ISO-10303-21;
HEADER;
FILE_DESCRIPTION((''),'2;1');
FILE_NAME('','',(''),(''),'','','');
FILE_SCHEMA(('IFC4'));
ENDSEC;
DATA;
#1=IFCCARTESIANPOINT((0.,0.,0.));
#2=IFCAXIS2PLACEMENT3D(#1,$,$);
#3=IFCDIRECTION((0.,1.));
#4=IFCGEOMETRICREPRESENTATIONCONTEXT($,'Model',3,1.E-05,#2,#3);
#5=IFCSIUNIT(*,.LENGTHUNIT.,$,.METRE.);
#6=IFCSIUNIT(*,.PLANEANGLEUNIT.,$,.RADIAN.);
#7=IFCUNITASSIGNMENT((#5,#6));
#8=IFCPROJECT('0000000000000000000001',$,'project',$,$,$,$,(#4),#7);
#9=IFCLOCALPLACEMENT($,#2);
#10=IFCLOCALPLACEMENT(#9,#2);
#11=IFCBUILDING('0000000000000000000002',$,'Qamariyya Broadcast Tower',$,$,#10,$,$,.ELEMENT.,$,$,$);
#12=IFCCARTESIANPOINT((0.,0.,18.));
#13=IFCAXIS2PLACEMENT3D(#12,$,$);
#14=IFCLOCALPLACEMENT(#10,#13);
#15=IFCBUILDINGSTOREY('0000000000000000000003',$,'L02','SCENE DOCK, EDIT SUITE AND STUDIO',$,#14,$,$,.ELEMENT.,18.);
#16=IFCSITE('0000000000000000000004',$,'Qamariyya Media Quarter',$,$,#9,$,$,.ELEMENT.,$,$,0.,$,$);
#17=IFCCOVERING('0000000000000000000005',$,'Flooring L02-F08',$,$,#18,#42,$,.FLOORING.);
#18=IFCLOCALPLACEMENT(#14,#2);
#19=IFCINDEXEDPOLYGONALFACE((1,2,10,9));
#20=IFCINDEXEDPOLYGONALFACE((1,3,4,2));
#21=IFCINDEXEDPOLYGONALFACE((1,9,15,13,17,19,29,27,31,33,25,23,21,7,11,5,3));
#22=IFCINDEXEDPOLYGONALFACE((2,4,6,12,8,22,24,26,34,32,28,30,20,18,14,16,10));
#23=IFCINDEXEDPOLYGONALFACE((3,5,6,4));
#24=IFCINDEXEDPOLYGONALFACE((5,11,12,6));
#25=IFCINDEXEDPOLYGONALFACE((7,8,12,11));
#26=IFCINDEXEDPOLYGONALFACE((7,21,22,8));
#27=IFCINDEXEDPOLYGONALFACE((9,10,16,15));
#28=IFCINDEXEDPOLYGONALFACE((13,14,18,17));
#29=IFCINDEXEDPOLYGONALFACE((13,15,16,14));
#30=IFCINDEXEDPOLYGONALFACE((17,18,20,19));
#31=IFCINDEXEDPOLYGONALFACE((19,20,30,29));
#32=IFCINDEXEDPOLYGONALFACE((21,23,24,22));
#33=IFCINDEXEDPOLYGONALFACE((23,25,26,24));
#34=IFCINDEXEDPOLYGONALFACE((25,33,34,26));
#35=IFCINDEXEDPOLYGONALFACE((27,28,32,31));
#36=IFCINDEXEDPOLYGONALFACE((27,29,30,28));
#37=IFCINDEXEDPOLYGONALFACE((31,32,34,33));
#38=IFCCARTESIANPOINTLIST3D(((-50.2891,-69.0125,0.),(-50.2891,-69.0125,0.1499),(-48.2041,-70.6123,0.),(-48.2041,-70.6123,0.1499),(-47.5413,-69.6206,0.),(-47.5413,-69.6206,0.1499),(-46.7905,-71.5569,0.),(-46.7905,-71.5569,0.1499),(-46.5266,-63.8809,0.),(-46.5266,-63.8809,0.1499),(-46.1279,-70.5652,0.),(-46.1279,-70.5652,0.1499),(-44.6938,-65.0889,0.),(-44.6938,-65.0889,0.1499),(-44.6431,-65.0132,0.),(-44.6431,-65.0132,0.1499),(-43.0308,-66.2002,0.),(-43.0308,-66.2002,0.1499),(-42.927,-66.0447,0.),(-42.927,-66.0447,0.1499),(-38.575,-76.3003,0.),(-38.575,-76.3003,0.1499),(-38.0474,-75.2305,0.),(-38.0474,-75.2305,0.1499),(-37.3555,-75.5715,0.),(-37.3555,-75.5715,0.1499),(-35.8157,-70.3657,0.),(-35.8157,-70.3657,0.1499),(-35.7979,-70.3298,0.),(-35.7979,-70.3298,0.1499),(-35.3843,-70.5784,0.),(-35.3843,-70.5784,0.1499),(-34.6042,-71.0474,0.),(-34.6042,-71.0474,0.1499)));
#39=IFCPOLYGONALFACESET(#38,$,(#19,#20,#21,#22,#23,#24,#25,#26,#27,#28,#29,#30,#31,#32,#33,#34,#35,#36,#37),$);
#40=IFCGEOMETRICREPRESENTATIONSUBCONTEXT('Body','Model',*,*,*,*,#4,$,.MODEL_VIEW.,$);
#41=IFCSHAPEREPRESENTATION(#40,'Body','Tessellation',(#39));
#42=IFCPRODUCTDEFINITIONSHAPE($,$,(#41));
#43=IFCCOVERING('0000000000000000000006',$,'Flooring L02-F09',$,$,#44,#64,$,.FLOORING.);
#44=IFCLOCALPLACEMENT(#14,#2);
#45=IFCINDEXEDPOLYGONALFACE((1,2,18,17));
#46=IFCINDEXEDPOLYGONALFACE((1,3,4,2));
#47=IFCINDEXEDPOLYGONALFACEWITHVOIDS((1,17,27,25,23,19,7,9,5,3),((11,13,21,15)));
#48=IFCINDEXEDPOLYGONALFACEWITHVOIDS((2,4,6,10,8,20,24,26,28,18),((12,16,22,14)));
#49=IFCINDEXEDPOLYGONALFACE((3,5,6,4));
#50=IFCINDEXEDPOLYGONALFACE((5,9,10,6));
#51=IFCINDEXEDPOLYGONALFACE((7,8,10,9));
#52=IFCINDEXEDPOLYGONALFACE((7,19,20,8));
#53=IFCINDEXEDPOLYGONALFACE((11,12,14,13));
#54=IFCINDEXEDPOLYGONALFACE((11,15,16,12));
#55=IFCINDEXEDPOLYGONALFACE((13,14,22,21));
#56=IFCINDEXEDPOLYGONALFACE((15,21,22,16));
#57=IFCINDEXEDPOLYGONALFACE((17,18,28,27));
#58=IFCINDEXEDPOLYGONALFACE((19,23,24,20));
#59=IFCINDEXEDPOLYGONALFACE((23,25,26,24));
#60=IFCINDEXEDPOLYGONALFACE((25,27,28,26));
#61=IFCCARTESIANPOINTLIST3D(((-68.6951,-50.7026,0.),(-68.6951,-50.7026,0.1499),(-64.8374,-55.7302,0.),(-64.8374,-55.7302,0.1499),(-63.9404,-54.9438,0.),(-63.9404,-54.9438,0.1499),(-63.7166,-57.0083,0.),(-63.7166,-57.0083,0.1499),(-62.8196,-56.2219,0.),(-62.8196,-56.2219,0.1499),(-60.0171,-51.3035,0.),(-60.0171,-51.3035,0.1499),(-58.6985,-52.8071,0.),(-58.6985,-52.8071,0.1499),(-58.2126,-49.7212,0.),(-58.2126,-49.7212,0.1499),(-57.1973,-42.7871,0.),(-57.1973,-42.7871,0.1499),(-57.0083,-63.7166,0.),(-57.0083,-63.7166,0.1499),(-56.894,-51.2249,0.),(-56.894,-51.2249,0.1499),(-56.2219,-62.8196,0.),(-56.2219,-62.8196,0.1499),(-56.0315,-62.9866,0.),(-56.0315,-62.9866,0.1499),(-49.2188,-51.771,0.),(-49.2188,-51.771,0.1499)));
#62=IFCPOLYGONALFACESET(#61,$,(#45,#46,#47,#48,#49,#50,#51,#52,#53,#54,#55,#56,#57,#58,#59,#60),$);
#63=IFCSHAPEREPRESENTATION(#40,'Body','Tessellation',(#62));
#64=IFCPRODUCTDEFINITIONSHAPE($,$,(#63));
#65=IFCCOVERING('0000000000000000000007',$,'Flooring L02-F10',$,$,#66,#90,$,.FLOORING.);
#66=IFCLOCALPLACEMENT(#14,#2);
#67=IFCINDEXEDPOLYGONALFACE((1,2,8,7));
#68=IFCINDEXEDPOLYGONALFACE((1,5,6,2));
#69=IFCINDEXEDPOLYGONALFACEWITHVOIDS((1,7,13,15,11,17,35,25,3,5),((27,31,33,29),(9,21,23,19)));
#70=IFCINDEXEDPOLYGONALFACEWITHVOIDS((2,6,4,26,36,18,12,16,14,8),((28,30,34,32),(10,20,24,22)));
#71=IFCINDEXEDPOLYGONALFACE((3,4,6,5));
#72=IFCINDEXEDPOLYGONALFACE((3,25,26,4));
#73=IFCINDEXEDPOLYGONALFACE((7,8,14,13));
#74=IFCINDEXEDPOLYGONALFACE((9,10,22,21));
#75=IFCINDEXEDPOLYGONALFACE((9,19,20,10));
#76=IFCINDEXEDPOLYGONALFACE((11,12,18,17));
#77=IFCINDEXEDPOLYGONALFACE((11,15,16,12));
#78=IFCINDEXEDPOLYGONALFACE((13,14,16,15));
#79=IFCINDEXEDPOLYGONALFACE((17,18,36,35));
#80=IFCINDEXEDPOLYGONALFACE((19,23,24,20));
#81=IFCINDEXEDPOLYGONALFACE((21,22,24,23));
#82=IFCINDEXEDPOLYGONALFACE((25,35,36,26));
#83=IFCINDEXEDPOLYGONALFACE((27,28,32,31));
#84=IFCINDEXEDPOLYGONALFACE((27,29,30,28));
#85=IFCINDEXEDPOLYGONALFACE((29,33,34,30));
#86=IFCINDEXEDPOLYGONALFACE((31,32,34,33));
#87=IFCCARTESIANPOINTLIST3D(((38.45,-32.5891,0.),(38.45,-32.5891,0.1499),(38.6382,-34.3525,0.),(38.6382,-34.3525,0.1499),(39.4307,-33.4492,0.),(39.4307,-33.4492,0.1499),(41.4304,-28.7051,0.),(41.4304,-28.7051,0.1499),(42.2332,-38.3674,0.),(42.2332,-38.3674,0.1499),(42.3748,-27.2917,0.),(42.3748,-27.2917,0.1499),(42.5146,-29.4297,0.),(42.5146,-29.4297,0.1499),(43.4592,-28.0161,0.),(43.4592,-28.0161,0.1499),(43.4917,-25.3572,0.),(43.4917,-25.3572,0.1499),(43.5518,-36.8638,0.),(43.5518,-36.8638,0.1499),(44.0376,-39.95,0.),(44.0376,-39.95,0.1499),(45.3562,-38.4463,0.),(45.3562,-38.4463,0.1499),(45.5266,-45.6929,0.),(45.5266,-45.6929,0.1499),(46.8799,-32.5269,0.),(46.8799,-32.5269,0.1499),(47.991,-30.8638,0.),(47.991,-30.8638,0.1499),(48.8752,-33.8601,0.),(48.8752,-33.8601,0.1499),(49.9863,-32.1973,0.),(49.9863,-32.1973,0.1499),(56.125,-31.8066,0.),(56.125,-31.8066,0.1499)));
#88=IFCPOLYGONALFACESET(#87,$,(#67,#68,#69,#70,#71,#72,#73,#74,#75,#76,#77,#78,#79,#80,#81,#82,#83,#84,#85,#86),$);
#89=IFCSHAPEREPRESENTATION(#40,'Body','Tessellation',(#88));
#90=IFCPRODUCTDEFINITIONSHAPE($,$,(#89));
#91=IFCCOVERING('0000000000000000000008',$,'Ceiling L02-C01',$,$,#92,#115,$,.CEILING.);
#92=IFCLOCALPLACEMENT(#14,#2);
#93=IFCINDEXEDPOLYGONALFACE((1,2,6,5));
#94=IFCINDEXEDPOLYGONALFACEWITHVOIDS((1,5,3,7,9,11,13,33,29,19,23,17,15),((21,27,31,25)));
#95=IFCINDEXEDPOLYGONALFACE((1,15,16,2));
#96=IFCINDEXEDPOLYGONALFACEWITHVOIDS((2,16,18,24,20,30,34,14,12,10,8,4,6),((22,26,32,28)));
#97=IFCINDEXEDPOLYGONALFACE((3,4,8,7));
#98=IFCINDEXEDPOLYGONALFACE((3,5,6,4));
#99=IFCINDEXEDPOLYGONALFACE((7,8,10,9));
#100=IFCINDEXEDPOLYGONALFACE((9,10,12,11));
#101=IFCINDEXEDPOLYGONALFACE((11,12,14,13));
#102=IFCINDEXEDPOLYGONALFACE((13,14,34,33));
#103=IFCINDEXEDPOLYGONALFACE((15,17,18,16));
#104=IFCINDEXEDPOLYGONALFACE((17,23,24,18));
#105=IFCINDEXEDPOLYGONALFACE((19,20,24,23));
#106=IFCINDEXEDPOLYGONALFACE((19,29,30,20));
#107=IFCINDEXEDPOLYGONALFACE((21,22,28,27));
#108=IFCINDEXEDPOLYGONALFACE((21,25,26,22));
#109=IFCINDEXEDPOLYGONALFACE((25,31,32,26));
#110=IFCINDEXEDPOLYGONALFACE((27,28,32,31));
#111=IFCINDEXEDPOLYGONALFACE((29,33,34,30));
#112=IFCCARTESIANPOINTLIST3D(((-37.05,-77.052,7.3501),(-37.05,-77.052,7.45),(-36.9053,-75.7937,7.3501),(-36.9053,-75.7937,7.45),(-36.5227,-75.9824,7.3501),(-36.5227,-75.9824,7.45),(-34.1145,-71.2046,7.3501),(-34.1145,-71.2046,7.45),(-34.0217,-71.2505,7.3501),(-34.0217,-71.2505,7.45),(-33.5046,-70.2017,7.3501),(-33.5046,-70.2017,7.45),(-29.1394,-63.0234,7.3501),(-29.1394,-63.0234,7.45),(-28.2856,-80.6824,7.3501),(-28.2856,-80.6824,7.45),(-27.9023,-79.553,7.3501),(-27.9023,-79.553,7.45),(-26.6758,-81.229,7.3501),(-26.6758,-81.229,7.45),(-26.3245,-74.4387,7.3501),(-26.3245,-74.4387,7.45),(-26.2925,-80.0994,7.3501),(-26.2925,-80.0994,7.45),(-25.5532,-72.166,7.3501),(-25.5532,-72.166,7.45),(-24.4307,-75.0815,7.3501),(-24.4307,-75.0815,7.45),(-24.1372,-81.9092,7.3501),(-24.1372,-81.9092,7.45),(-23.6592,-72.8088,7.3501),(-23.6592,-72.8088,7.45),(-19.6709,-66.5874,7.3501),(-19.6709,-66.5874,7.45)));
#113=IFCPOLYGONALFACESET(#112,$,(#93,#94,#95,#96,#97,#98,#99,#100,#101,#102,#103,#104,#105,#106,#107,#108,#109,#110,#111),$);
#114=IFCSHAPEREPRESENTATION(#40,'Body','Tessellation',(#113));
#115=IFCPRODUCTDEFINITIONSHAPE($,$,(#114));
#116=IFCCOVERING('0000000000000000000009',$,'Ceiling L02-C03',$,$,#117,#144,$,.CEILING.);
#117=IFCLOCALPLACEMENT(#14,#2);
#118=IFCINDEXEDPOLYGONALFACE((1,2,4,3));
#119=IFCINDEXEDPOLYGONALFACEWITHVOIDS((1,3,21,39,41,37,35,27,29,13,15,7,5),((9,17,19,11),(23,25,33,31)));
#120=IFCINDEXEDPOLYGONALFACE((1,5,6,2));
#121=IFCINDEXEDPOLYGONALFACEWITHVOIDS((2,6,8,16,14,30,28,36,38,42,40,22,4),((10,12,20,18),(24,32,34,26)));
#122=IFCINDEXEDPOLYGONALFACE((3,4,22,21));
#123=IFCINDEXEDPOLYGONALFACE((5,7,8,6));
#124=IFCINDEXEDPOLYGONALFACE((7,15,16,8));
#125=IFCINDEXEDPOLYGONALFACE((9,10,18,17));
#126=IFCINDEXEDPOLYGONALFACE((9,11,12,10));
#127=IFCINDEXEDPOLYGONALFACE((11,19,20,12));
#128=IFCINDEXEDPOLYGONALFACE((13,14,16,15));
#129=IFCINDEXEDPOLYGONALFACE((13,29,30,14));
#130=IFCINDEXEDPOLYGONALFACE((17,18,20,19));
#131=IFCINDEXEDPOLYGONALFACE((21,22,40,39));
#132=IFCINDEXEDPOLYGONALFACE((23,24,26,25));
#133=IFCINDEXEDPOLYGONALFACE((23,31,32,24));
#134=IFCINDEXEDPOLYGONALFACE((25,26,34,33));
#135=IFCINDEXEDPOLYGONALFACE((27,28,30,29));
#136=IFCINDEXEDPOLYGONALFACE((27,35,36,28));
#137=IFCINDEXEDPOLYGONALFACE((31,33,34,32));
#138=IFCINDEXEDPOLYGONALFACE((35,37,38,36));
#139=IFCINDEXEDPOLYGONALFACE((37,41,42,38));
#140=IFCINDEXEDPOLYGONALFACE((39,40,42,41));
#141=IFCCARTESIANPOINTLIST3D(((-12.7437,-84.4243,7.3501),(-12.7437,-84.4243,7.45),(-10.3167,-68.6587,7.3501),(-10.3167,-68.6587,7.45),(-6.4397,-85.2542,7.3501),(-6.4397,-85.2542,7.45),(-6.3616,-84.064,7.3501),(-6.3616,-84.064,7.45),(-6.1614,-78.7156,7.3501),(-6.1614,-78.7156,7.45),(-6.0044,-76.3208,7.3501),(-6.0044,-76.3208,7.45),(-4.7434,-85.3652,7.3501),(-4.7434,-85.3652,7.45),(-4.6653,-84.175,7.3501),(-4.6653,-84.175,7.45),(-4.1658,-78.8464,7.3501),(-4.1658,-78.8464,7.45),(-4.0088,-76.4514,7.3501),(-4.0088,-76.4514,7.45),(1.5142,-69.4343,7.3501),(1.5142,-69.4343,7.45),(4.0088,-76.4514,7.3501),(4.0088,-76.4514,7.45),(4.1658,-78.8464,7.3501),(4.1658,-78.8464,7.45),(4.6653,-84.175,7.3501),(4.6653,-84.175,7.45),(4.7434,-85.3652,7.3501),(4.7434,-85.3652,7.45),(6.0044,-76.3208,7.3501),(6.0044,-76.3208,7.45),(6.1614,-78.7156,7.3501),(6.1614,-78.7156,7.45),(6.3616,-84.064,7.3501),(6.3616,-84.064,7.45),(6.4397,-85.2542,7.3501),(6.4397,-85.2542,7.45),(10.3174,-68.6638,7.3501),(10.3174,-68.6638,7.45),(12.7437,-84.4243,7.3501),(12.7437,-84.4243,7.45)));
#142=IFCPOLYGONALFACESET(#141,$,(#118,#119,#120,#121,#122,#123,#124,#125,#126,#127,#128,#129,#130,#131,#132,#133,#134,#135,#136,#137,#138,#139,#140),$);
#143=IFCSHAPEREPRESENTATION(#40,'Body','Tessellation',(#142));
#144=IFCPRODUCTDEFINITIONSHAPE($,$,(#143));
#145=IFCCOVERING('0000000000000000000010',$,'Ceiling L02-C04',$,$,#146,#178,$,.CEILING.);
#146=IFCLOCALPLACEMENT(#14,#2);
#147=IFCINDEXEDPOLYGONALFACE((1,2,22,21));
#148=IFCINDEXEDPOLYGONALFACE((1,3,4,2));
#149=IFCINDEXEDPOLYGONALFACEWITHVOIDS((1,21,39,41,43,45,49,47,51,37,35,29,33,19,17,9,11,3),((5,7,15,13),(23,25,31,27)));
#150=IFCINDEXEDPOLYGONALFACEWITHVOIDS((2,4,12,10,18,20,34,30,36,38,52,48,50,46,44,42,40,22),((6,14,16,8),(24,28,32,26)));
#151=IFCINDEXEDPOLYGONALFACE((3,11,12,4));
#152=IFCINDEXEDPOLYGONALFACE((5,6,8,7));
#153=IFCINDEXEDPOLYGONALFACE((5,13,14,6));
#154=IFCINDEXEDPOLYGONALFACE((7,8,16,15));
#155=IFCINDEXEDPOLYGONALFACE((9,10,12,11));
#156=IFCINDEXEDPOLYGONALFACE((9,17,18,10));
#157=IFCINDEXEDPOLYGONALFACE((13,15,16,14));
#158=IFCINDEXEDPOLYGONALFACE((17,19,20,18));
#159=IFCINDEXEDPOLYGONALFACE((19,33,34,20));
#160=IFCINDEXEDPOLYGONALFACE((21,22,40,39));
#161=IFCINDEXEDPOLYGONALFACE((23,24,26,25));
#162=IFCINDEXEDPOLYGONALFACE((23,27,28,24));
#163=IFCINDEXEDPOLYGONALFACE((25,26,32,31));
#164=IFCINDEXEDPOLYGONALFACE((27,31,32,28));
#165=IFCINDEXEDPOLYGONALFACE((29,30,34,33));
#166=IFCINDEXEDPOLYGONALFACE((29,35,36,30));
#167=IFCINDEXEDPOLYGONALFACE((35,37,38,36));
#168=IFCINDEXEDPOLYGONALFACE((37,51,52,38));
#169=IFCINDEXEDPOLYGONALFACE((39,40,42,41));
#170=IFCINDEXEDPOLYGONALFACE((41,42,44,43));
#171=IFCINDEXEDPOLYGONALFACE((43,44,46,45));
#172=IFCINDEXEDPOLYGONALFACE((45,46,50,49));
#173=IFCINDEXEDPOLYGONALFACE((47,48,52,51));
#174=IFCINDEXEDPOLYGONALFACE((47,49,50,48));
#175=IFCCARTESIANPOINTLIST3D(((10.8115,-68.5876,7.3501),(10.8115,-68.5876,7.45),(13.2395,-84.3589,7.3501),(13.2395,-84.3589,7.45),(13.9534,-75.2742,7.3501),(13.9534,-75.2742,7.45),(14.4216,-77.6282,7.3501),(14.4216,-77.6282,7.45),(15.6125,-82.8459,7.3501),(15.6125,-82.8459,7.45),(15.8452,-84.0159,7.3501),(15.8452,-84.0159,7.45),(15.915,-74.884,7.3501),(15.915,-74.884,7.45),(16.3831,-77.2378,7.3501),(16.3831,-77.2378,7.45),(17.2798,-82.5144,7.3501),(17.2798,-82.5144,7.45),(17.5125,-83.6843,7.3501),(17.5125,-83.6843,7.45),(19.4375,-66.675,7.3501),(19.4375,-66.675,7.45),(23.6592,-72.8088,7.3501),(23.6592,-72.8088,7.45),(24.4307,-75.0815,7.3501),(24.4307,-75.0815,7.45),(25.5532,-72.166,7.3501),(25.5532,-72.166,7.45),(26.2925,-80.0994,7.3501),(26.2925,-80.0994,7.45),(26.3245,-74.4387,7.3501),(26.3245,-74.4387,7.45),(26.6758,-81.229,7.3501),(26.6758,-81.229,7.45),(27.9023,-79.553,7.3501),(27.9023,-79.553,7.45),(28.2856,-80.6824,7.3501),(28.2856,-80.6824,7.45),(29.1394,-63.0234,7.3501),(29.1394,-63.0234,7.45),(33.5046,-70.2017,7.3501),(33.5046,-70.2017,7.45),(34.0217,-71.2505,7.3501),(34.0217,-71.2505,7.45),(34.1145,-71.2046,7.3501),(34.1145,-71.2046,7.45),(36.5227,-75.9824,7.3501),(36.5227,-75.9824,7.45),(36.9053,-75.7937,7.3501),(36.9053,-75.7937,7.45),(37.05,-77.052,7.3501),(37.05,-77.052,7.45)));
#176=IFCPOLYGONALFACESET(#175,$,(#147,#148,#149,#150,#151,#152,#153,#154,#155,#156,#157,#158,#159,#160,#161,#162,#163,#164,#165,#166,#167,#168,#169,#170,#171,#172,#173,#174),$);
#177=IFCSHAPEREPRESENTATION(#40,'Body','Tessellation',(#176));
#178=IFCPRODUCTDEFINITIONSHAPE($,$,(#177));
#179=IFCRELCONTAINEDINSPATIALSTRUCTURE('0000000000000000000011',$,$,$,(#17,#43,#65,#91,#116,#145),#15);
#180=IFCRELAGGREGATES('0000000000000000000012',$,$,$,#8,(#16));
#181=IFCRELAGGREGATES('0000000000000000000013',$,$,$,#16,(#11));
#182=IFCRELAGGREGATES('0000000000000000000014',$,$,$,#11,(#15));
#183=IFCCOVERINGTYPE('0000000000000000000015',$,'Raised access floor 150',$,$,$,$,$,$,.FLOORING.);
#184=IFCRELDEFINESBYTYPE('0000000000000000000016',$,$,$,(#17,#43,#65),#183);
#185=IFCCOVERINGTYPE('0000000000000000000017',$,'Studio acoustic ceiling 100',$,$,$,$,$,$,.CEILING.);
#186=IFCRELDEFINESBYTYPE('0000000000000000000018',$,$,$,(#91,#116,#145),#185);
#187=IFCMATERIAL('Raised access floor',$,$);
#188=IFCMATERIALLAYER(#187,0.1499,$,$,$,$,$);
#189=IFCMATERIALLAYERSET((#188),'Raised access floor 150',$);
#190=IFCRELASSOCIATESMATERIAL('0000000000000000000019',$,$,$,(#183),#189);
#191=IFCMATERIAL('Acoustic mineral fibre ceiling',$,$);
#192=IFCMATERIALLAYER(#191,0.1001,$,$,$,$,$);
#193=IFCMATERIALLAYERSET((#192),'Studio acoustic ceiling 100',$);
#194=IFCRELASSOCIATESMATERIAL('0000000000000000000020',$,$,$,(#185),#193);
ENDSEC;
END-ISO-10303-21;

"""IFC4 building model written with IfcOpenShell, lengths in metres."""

from ifc_helpers import new_model, si_unit, direction, frame, origin, place, context, subcontext, project, spatial, polyline, outline, extrude, material, layer, layer_set, type_object, element, save


model = new_model("IFC4")

# Units and contexts
model_context = context("Model", 3, precision=1e-05, world=origin(), true_north=direction((0.0, 1.0)))
body_context = subcontext(model_context, "Body", "Model", "MODEL_VIEW")
ifc_project = project(units=[si_unit("LENGTHUNIT", "METRE"), si_unit("PLANEANGLEUNIT", "RADIAN")], contexts=[model_context])

# Site, building, storey
site_placement = place(None, origin())
site = spatial("IfcSite", under=ifc_project, at=site_placement, Name="Qamariyya Media Quarter", CompositionType="ELEMENT", RefElevation=0.0)
building_placement = place(site_placement, origin())
building = spatial("IfcBuilding", under=site, at=building_placement, Name="Qamariyya Broadcast Tower", CompositionType="ELEMENT")
storey_placement = place(building_placement, frame((0.0, 0.0, 18.0)))
storey = spatial("IfcBuildingStorey", under=building, at=storey_placement, Name="L02", Description="SCENE DOCK, EDIT SUITE AND STUDIO", CompositionType="ELEMENT", Elevation=18.0)

# Coverings
ifc_material_1 = material(Name="Raised access floor")
ifc_layer_1 = layer(ifc_material_1, 0.1499)
ifc_layer_set_1 = layer_set([ifc_layer_1], Name="Raised access floor 150")
covering_type_1 = type_object("IfcCoveringType", Name="Raised access floor 150", PredefinedType="FLOORING", material=ifc_layer_set_1)
covering_1_placement = place(storey_placement, origin())
element("IfcCovering", 1, at=covering_1_placement, inside=storey, type_object=covering_type_1, Name="Flooring L02-F08", PredefinedType="FLOORING", context=body_context, shape_type="SweptSolid", body=[
    extrude(outline(polyline([(-44.6938, -65.0889), (-43.0308, -66.2002), (-42.927, -66.0447), (-35.7979, -70.3298), (-35.8157, -70.3657), (-35.3843, -70.5784), (-34.6042, -71.0474), (-37.3555, -75.5715), (-38.0474, -75.2305), (-38.575, -76.3003), (-46.7905, -71.5569), (-46.1279, -70.5652), (-47.5413, -69.6206), (-48.2041, -70.6123), (-50.2891, -69.0125), (-46.5266, -63.8809), (-44.6431, -65.0132), (-44.6938, -65.0889)])), origin(), (0.0, 0.0, 1.0), 0.1499),
])
covering_2_placement = place(storey_placement, origin())
element("IfcCovering", 2, at=covering_2_placement, inside=storey, type_object=covering_type_1, Name="Flooring L02-F09", PredefinedType="FLOORING", context=body_context, shape_type="SweptSolid", body=[
    extrude(outline(polyline([(-56.0315, -62.9866), (-56.2219, -62.8196), (-57.0083, -63.7166), (-63.7166, -57.0083), (-62.8196, -56.2219), (-63.9404, -54.9438), (-64.8374, -55.7302), (-68.6951, -50.7026), (-57.1973, -42.7871), (-49.2188, -51.771), (-56.0315, -62.9866)]), holes=[polyline([(-58.2126, -49.7212), (-60.0171, -51.3035), (-58.6985, -52.8071), (-56.894, -51.2249), (-58.2126, -49.7212)])]), origin(), (0.0, 0.0, 1.0), 0.1499),
])
covering_3_placement = place(storey_placement, origin())
element("IfcCovering", 3, at=covering_3_placement, inside=storey, type_object=covering_type_1, Name="Flooring L02-F10", PredefinedType="FLOORING", context=body_context, shape_type="SweptSolid", body=[
    extrude(outline(polyline([(38.6382, -34.3525), (39.4307, -33.4492), (38.45, -32.5891), (41.4304, -28.7051), (42.5146, -29.4297), (43.4592, -28.0161), (42.3748, -27.2917), (43.4917, -25.3572), (56.125, -31.8066), (45.5266, -45.6929), (38.6382, -34.3525)]), holes=[polyline([(48.8752, -33.8601), (49.9863, -32.1973), (47.991, -30.8638), (46.8799, -32.5269), (48.8752, -33.8601)]), polyline([(44.0376, -39.95), (45.3562, -38.4463), (43.5518, -36.8638), (42.2332, -38.3674), (44.0376, -39.95)])]), origin(), (0.0, 0.0, 1.0), 0.1499),
])
ifc_material_2 = material(Name="Acoustic mineral fibre ceiling")
ifc_layer_2 = layer(ifc_material_2, 0.1001)
ifc_layer_set_2 = layer_set([ifc_layer_2], Name="Studio acoustic ceiling 100")
covering_type_2 = type_object("IfcCoveringType", Name="Studio acoustic ceiling 100", PredefinedType="CEILING", material=ifc_layer_set_2)
covering_4_placement = place(storey_placement, frame((0.0, 0.0, 7.3501)))
element("IfcCovering", 4, at=covering_4_placement, inside=storey, type_object=covering_type_2, Name="Ceiling L02-C01", PredefinedType="CEILING", context=body_context, shape_type="SweptSolid", body=[
    extrude(outline(polyline([(-34.0217, -71.2505), (-33.5046, -70.2017), (-29.1394, -63.0234), (-19.6709, -66.5874), (-24.1372, -81.9092), (-26.6758, -81.229), (-26.2925, -80.0994), (-27.9023, -79.553), (-28.2856, -80.6824), (-37.05, -77.052), (-36.5227, -75.9824), (-36.9053, -75.7937), (-34.1145, -71.2046), (-34.0217, -71.2505)]), holes=[polyline([(-26.3245, -74.4387), (-24.4307, -75.0815), (-23.6592, -72.8088), (-25.5532, -72.166), (-26.3245, -74.4387)])]), origin(), (0.0, 0.0, 1.0), 0.0999),
])
covering_5_placement = place(storey_placement, frame((0.0, 0.0, 7.3501)))
element("IfcCovering", 5, at=covering_5_placement, inside=storey, type_object=covering_type_2, Name="Ceiling L02-C03", PredefinedType="CEILING", context=body_context, shape_type="SweptSolid", body=[
    extrude(outline(polyline([(10.3174, -68.6638), (12.7437, -84.4243), (6.4397, -85.2542), (6.3616, -84.064), (4.6653, -84.175), (4.7434, -85.3652), (-4.7434, -85.3652), (-4.6653, -84.175), (-6.3616, -84.064), (-6.4397, -85.2542), (-12.7437, -84.4243), (-10.3167, -68.6587), (1.5142, -69.4343), (10.3174, -68.6638)]), holes=[polyline([(4.1658, -78.8464), (6.1614, -78.7156), (6.0044, -76.3208), (4.0088, -76.4514), (4.1658, -78.8464)]), polyline([(-6.0044, -76.3208), (-6.1614, -78.7156), (-4.1658, -78.8464), (-4.0088, -76.4514), (-6.0044, -76.3208)])]), origin(), (0.0, 0.0, 1.0), 0.0999),
])
covering_6_placement = place(storey_placement, frame((0.0, 0.0, 7.3501)))
element("IfcCovering", 6, at=covering_6_placement, inside=storey, type_object=covering_type_2, Name="Ceiling L02-C04", PredefinedType="CEILING", context=body_context, shape_type="SweptSolid", body=[
    extrude(outline(polyline([(29.1394, -63.0234), (33.5046, -70.2017), (34.0217, -71.2505), (34.1145, -71.2046), (36.9053, -75.7937), (36.5227, -75.9824), (37.05, -77.052), (28.2856, -80.6824), (27.9023, -79.553), (26.2925, -80.0994), (26.6758, -81.229), (17.5125, -83.6843), (17.2798, -82.5144), (15.6125, -82.8459), (15.8452, -84.0159), (13.2395, -84.3589), (10.8115, -68.5876), (19.4375, -66.675), (29.1394, -63.0234)]), holes=[polyline([(24.4307, -75.0815), (26.3245, -74.4387), (25.5532, -72.166), (23.6592, -72.8088), (24.4307, -75.0815)]), polyline([(13.9534, -75.2742), (14.4216, -77.6282), (16.3831, -77.2378), (15.915, -74.884), (13.9534, -75.2742)])]), origin(), (0.0, 0.0, 1.0), 0.0999),
])

save(model, "model.ifc")
